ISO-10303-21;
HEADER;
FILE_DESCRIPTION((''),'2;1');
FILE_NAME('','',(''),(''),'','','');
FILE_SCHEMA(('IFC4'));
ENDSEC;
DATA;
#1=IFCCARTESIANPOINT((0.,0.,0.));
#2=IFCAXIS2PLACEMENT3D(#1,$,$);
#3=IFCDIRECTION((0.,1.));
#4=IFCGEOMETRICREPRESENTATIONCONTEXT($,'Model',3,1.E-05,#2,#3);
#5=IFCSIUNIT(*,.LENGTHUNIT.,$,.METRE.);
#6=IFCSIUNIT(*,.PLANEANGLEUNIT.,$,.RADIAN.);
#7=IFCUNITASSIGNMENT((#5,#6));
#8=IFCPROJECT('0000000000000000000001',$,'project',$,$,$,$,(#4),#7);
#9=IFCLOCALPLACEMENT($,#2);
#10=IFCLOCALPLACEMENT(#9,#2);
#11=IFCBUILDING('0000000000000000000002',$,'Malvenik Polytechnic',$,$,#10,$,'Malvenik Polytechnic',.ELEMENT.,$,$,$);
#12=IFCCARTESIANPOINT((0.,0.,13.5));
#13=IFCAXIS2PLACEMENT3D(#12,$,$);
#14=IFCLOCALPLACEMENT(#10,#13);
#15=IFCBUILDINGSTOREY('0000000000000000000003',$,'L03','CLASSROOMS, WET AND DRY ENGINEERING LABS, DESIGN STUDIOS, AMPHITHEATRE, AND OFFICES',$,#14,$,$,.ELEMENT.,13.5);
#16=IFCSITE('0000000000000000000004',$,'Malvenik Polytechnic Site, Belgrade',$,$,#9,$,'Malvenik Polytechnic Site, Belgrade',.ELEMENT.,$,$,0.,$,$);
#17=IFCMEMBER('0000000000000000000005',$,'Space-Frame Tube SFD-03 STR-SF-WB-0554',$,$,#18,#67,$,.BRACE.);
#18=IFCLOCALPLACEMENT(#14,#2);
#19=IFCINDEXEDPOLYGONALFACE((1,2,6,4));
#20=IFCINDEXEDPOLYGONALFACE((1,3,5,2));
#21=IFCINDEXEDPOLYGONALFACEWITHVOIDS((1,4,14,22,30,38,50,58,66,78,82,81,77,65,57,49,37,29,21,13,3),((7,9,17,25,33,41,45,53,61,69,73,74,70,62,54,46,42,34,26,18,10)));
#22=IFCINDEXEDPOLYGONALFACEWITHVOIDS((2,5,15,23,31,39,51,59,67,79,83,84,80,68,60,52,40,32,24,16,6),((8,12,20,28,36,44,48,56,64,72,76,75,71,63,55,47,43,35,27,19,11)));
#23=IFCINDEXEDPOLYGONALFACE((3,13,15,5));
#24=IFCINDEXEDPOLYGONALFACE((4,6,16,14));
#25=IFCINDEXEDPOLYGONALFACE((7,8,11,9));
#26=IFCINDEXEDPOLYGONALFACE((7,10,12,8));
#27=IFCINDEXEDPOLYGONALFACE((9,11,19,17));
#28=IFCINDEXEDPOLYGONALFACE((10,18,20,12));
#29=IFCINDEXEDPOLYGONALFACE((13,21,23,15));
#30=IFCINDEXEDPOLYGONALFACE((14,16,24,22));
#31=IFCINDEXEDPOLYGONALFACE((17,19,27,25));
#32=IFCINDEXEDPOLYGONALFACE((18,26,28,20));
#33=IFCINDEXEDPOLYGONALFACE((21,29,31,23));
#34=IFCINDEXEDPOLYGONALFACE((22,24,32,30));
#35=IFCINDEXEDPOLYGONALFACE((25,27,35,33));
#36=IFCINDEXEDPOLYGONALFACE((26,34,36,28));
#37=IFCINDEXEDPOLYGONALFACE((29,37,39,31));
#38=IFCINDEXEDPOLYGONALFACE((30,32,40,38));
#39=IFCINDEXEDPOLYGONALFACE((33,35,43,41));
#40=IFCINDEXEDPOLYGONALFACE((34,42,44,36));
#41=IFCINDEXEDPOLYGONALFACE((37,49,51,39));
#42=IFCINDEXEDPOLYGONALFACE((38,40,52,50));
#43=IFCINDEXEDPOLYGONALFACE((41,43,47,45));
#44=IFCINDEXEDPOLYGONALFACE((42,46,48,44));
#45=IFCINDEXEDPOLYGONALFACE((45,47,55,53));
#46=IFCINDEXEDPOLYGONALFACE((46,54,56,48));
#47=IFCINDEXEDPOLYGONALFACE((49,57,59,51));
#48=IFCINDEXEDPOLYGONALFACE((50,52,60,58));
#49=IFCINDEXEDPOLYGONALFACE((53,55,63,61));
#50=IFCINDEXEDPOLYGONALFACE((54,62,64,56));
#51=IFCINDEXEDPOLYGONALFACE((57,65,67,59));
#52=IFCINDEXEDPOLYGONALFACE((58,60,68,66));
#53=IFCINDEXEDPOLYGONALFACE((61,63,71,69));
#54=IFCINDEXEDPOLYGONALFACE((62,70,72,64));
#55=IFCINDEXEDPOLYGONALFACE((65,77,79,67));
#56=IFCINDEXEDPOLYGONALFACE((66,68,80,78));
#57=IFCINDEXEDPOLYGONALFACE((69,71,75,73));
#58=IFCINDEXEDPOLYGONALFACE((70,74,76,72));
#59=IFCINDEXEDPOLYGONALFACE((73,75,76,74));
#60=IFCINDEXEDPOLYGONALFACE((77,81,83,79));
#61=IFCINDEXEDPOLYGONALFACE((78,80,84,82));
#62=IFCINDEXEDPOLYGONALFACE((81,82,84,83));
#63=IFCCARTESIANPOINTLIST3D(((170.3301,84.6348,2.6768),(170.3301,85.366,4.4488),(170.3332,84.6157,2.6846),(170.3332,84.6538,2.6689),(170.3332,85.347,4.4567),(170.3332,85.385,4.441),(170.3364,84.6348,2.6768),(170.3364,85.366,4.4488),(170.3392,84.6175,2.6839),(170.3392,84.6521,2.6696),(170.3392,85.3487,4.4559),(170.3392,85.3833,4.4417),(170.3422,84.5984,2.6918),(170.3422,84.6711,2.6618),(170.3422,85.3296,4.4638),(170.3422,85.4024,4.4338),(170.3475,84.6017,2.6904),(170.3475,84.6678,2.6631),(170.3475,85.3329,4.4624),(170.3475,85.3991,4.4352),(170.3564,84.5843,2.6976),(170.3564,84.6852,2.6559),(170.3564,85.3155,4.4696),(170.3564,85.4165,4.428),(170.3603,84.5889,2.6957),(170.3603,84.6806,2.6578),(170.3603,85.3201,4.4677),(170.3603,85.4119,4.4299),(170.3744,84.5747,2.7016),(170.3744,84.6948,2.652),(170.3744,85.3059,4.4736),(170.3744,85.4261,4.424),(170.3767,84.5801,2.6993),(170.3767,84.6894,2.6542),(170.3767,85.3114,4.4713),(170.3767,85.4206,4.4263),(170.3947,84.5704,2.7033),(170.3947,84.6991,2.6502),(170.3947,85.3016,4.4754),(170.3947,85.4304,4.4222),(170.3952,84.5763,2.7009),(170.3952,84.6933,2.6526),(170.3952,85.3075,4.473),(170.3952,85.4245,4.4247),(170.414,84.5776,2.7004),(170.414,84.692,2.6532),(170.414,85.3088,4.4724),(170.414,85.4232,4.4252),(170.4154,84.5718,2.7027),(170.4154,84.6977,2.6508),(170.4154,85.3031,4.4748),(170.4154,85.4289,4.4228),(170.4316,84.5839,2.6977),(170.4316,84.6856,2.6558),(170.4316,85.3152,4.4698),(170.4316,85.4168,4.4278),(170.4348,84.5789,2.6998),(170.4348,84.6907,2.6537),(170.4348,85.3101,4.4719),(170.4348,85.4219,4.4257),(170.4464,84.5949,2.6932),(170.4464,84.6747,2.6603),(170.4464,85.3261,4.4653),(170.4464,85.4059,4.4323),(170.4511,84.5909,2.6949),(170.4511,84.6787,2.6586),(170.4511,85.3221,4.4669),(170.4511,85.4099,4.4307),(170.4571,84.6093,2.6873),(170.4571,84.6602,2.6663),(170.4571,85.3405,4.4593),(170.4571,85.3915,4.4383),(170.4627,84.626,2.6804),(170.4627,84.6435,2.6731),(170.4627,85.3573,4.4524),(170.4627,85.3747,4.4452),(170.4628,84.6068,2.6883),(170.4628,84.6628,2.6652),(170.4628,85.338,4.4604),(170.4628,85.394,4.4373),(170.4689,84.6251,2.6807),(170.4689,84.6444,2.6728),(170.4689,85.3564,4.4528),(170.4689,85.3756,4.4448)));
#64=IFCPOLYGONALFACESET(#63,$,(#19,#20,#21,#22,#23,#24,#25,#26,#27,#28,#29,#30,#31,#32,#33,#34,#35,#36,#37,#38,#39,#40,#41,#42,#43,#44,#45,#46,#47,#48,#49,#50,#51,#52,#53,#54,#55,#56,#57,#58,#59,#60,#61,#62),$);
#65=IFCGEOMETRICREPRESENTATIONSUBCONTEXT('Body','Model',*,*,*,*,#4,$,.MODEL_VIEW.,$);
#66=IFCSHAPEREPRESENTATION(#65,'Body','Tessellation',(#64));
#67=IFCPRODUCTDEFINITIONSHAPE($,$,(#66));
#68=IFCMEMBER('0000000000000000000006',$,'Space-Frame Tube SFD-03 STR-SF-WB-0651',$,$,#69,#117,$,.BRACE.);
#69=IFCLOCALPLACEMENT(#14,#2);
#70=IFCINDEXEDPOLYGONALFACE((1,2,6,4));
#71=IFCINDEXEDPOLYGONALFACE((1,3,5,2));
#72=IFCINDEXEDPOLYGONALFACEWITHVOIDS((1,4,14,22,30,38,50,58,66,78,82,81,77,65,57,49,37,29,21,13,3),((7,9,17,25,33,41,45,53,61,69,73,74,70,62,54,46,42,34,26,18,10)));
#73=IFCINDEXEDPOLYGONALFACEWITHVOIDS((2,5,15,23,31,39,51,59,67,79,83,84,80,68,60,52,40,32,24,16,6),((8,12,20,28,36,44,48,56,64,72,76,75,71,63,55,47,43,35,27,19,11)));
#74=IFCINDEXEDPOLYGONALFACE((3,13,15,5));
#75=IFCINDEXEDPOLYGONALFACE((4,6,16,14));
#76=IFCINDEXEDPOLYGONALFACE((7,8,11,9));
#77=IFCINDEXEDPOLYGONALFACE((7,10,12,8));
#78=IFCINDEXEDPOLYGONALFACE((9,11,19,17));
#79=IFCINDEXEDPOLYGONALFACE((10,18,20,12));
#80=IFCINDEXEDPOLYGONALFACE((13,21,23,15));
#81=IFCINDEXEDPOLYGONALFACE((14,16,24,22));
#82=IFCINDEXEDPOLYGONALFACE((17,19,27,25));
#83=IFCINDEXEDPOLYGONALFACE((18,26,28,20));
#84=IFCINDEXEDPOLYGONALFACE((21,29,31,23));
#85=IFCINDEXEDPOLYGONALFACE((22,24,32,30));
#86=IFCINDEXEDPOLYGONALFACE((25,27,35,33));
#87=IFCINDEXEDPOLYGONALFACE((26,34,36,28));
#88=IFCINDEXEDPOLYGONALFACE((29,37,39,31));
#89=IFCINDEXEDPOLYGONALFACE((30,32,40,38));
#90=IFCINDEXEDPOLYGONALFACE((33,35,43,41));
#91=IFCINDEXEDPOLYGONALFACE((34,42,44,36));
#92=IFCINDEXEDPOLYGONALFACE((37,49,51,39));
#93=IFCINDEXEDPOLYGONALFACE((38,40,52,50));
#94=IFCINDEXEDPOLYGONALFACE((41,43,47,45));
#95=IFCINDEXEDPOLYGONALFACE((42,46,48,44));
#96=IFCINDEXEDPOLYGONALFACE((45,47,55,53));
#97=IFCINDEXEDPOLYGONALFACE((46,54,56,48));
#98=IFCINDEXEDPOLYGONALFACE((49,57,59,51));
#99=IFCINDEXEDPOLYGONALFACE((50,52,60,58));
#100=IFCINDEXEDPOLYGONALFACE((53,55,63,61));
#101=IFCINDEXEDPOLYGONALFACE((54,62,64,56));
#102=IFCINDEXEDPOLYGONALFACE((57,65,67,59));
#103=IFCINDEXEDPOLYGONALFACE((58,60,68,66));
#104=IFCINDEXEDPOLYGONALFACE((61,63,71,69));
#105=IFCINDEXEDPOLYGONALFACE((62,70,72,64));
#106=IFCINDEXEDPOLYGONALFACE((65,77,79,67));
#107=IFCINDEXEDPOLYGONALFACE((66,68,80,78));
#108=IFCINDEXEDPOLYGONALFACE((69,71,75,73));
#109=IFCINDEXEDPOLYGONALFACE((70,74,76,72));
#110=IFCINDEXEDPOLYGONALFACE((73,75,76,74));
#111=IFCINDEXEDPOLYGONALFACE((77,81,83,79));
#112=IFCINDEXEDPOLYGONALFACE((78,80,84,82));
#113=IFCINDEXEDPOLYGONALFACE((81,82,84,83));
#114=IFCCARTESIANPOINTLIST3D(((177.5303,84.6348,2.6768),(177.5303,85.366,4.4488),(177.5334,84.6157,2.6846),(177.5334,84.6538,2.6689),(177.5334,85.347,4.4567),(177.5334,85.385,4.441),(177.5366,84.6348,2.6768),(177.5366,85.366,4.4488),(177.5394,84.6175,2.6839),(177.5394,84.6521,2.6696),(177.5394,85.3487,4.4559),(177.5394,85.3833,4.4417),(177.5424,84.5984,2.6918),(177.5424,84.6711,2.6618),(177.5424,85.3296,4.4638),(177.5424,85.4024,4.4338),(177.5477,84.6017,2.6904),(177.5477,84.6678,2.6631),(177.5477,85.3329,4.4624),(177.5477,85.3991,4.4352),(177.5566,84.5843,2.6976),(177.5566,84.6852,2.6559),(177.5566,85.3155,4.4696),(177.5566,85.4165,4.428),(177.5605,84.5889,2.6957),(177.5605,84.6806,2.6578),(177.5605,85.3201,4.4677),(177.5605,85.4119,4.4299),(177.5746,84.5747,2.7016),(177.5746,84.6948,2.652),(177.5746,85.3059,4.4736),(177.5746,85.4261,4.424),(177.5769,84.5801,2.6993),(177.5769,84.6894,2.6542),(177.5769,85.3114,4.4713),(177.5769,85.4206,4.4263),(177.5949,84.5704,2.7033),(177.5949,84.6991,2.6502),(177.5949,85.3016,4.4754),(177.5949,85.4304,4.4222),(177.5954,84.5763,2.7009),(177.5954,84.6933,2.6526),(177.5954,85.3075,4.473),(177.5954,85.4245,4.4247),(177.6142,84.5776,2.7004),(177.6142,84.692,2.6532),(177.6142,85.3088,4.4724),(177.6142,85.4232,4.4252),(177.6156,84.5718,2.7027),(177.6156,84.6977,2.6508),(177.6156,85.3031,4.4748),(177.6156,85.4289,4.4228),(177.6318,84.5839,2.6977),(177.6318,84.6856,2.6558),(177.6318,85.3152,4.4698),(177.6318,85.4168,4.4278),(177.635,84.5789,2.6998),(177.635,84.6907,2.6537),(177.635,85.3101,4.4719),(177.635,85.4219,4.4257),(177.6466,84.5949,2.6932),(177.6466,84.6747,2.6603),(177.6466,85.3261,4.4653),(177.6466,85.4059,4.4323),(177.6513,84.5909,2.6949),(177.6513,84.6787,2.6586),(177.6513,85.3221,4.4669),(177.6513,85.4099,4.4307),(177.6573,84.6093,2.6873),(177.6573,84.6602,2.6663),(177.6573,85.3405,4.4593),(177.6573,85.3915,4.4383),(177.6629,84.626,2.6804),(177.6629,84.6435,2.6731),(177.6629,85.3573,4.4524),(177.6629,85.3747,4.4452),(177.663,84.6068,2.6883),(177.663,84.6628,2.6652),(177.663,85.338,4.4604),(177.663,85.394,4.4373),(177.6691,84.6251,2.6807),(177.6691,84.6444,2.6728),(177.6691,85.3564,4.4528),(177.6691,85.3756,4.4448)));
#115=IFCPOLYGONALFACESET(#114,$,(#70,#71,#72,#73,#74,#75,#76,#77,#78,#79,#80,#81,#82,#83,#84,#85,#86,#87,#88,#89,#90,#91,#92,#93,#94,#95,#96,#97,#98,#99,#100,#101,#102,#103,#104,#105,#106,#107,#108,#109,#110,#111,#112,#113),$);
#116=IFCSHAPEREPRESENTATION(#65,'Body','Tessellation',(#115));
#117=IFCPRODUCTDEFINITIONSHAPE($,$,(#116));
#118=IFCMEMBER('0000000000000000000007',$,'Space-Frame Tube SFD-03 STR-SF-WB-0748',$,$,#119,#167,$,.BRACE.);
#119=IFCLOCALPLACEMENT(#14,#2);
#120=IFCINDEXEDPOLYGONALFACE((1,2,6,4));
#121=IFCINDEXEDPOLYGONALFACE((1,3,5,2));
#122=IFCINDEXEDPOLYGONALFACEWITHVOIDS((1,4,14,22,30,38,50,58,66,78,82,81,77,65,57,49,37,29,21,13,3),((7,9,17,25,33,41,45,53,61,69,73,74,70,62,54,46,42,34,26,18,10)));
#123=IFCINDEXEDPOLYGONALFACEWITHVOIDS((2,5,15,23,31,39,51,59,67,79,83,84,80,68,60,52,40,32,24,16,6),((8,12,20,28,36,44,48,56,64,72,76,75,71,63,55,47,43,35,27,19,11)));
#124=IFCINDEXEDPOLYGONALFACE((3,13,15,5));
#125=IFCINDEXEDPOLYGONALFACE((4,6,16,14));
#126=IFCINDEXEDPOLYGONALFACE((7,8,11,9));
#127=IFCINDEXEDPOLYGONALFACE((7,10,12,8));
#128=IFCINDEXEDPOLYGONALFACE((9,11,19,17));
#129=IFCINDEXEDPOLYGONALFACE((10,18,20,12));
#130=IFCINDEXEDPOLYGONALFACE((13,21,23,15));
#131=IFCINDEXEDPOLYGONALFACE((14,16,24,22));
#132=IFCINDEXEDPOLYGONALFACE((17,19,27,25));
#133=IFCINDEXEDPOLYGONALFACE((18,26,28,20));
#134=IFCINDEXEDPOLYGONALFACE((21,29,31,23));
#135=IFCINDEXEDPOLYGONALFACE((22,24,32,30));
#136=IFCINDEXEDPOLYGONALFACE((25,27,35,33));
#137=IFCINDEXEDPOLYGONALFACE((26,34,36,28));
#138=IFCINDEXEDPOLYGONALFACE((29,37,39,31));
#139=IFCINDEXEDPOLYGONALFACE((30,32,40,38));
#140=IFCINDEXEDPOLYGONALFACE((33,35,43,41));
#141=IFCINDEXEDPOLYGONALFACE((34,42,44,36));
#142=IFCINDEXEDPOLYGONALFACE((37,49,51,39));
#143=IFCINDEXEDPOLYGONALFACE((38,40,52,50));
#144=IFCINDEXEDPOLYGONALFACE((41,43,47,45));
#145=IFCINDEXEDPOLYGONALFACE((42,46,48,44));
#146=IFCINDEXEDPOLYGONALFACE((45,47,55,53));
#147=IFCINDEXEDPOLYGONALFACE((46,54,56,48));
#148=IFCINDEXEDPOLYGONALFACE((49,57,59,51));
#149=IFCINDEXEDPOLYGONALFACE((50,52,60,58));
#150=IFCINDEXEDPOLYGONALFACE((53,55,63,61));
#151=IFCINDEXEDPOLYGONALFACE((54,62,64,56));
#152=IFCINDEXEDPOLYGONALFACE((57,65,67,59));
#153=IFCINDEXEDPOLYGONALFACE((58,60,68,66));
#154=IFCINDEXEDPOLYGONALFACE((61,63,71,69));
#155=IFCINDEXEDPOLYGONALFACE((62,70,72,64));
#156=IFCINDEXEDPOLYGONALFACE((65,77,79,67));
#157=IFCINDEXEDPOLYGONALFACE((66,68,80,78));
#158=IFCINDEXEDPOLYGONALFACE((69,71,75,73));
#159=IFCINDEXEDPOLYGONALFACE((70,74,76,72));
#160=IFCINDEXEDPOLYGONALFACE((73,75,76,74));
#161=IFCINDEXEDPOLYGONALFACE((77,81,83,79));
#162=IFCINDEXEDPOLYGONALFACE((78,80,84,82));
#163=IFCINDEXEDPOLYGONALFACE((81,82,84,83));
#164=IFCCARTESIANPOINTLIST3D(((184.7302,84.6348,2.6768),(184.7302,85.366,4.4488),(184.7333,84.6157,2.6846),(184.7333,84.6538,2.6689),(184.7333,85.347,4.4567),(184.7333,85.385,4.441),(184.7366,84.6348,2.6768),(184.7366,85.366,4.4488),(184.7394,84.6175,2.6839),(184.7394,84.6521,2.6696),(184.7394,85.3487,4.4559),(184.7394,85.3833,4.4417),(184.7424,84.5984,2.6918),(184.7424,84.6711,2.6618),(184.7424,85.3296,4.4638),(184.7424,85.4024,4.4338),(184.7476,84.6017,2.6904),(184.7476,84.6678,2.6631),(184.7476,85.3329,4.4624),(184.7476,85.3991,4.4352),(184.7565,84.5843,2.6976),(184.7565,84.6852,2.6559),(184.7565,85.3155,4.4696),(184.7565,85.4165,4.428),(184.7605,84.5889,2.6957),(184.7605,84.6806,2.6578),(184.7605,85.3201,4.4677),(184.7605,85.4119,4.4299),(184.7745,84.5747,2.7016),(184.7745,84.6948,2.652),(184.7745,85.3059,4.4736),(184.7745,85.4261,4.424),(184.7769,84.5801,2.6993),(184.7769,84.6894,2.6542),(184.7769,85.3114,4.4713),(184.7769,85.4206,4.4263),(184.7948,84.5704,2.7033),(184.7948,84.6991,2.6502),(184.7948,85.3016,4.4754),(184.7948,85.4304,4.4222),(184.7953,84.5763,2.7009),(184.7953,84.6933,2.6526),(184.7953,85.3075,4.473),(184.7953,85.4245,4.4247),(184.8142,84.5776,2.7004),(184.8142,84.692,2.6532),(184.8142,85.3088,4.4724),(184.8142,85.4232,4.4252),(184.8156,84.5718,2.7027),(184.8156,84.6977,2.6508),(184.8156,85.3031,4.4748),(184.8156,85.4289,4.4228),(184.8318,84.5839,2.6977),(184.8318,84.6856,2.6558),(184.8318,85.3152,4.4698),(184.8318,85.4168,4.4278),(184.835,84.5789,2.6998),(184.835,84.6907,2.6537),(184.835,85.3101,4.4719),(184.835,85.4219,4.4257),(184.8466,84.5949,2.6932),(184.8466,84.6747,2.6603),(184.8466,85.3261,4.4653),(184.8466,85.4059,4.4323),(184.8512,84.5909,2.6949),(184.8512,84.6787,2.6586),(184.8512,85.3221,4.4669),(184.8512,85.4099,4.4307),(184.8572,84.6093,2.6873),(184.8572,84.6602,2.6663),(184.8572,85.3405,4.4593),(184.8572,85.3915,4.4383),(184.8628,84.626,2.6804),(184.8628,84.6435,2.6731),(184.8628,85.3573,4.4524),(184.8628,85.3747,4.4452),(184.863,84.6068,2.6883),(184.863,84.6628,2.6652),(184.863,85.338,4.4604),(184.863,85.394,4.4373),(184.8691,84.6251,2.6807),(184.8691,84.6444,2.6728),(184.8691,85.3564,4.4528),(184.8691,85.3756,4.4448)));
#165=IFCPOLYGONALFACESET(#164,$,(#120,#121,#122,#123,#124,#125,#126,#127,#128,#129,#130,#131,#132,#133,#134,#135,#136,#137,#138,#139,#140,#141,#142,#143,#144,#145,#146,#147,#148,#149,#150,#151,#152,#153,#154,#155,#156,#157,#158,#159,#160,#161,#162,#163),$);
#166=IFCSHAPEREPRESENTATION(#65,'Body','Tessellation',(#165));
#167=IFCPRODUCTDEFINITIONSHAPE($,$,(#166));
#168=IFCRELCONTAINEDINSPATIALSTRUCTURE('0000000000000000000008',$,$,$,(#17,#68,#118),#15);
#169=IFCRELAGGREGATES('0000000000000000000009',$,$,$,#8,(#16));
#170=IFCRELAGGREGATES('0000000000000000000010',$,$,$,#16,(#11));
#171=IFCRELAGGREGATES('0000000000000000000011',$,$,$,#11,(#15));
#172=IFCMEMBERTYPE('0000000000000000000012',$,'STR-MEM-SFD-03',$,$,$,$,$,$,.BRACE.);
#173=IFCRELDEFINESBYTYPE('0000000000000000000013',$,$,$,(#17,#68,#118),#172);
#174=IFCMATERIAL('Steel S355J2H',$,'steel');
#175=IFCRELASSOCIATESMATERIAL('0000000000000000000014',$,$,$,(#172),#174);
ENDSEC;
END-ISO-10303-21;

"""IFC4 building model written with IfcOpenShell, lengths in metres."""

from ifc_helpers import new_model, si_unit, direction, frame, origin, origin_2d, place, context, subcontext, project, spatial, hollow_circle, extrude, material, material_profile, profile_set, type_object, element, save


model = new_model("IFC4")

# Units and contexts
model_context = context("Model", 3, precision=1e-05, world=origin(), true_north=direction((0.0, 1.0)))
body_context = subcontext(model_context, "Body", "Model", "MODEL_VIEW")
ifc_project = project(units=[si_unit("LENGTHUNIT", "METRE"), si_unit("PLANEANGLEUNIT", "RADIAN")], contexts=[model_context])

# Site, building, storey
site_placement = place(None, origin())
site = spatial("IfcSite", under=ifc_project, at=site_placement, Name="Malvenik Polytechnic Site, Belgrade", LongName="Malvenik Polytechnic Site, Belgrade", CompositionType="ELEMENT", RefElevation=0.0)
building_placement = place(site_placement, origin())
building = spatial("IfcBuilding", under=site, at=building_placement, Name="Malvenik Polytechnic", LongName="Malvenik Polytechnic", CompositionType="ELEMENT")
storey_placement = place(building_placement, frame((0.0, 0.0, 13.5)))
storey = spatial("IfcBuildingStorey", under=building, at=storey_placement, Name="L03", Description="CLASSROOMS, WET AND DRY ENGINEERING LABS, DESIGN STUDIOS, AMPHITHEATRE, AND OFFICES", CompositionType="ELEMENT", Elevation=13.5)

# Members
ifc_material = material(Name="Steel S355J2H", Category="steel")
ifc_material_profile_1 = material_profile(ifc_material, hollow_circle(Radius=0.0698, WallThickness=0.0063, at=origin_2d()), Name="CHS 139.7x6.3")
ifc_profile_set_1 = profile_set([ifc_material_profile_1], Name="Steel S355J2H")
member_type_1 = type_object("IfcMemberType", Name="STR-MEM-SFD-03", PredefinedType="BRACE", material=ifc_profile_set_1)
for number, where, z_axis, x_axis, name in (
    (1, (170.3999, 84.6348, 2.6768), (0.0, 0.381448, 0.92439), (-1.0, 0.0, 0.0), "Space-Frame Tube SFD-03 STR-SF-WB-0554"),
    (2, (177.6001, 84.6348, 2.6768), (0.0, 0.381448, 0.92439), (-1.0, 0.0, 0.0), "Space-Frame Tube SFD-03 STR-SF-WB-0651"),
    (3, (184.8, 84.6348, 2.6768), (0.0, 0.381448, 0.92439), (-1.0, 0.0, 0.0), "Space-Frame Tube SFD-03 STR-SF-WB-0748"),
):
    element("IfcMember", number, at=place(storey_placement, frame(where, z_axis=z_axis, x_axis=x_axis)), inside=storey, type_object=member_type_1, Name=name, PredefinedType="BRACE", context=body_context, shape_type="SweptSolid", body=[
        extrude(hollow_circle(Radius=0.0698, WallThickness=0.0063, at=origin_2d()), origin(), (0.0, 0.0, 1.0), 1.917),
    ])

save(model, "model.ifc")
